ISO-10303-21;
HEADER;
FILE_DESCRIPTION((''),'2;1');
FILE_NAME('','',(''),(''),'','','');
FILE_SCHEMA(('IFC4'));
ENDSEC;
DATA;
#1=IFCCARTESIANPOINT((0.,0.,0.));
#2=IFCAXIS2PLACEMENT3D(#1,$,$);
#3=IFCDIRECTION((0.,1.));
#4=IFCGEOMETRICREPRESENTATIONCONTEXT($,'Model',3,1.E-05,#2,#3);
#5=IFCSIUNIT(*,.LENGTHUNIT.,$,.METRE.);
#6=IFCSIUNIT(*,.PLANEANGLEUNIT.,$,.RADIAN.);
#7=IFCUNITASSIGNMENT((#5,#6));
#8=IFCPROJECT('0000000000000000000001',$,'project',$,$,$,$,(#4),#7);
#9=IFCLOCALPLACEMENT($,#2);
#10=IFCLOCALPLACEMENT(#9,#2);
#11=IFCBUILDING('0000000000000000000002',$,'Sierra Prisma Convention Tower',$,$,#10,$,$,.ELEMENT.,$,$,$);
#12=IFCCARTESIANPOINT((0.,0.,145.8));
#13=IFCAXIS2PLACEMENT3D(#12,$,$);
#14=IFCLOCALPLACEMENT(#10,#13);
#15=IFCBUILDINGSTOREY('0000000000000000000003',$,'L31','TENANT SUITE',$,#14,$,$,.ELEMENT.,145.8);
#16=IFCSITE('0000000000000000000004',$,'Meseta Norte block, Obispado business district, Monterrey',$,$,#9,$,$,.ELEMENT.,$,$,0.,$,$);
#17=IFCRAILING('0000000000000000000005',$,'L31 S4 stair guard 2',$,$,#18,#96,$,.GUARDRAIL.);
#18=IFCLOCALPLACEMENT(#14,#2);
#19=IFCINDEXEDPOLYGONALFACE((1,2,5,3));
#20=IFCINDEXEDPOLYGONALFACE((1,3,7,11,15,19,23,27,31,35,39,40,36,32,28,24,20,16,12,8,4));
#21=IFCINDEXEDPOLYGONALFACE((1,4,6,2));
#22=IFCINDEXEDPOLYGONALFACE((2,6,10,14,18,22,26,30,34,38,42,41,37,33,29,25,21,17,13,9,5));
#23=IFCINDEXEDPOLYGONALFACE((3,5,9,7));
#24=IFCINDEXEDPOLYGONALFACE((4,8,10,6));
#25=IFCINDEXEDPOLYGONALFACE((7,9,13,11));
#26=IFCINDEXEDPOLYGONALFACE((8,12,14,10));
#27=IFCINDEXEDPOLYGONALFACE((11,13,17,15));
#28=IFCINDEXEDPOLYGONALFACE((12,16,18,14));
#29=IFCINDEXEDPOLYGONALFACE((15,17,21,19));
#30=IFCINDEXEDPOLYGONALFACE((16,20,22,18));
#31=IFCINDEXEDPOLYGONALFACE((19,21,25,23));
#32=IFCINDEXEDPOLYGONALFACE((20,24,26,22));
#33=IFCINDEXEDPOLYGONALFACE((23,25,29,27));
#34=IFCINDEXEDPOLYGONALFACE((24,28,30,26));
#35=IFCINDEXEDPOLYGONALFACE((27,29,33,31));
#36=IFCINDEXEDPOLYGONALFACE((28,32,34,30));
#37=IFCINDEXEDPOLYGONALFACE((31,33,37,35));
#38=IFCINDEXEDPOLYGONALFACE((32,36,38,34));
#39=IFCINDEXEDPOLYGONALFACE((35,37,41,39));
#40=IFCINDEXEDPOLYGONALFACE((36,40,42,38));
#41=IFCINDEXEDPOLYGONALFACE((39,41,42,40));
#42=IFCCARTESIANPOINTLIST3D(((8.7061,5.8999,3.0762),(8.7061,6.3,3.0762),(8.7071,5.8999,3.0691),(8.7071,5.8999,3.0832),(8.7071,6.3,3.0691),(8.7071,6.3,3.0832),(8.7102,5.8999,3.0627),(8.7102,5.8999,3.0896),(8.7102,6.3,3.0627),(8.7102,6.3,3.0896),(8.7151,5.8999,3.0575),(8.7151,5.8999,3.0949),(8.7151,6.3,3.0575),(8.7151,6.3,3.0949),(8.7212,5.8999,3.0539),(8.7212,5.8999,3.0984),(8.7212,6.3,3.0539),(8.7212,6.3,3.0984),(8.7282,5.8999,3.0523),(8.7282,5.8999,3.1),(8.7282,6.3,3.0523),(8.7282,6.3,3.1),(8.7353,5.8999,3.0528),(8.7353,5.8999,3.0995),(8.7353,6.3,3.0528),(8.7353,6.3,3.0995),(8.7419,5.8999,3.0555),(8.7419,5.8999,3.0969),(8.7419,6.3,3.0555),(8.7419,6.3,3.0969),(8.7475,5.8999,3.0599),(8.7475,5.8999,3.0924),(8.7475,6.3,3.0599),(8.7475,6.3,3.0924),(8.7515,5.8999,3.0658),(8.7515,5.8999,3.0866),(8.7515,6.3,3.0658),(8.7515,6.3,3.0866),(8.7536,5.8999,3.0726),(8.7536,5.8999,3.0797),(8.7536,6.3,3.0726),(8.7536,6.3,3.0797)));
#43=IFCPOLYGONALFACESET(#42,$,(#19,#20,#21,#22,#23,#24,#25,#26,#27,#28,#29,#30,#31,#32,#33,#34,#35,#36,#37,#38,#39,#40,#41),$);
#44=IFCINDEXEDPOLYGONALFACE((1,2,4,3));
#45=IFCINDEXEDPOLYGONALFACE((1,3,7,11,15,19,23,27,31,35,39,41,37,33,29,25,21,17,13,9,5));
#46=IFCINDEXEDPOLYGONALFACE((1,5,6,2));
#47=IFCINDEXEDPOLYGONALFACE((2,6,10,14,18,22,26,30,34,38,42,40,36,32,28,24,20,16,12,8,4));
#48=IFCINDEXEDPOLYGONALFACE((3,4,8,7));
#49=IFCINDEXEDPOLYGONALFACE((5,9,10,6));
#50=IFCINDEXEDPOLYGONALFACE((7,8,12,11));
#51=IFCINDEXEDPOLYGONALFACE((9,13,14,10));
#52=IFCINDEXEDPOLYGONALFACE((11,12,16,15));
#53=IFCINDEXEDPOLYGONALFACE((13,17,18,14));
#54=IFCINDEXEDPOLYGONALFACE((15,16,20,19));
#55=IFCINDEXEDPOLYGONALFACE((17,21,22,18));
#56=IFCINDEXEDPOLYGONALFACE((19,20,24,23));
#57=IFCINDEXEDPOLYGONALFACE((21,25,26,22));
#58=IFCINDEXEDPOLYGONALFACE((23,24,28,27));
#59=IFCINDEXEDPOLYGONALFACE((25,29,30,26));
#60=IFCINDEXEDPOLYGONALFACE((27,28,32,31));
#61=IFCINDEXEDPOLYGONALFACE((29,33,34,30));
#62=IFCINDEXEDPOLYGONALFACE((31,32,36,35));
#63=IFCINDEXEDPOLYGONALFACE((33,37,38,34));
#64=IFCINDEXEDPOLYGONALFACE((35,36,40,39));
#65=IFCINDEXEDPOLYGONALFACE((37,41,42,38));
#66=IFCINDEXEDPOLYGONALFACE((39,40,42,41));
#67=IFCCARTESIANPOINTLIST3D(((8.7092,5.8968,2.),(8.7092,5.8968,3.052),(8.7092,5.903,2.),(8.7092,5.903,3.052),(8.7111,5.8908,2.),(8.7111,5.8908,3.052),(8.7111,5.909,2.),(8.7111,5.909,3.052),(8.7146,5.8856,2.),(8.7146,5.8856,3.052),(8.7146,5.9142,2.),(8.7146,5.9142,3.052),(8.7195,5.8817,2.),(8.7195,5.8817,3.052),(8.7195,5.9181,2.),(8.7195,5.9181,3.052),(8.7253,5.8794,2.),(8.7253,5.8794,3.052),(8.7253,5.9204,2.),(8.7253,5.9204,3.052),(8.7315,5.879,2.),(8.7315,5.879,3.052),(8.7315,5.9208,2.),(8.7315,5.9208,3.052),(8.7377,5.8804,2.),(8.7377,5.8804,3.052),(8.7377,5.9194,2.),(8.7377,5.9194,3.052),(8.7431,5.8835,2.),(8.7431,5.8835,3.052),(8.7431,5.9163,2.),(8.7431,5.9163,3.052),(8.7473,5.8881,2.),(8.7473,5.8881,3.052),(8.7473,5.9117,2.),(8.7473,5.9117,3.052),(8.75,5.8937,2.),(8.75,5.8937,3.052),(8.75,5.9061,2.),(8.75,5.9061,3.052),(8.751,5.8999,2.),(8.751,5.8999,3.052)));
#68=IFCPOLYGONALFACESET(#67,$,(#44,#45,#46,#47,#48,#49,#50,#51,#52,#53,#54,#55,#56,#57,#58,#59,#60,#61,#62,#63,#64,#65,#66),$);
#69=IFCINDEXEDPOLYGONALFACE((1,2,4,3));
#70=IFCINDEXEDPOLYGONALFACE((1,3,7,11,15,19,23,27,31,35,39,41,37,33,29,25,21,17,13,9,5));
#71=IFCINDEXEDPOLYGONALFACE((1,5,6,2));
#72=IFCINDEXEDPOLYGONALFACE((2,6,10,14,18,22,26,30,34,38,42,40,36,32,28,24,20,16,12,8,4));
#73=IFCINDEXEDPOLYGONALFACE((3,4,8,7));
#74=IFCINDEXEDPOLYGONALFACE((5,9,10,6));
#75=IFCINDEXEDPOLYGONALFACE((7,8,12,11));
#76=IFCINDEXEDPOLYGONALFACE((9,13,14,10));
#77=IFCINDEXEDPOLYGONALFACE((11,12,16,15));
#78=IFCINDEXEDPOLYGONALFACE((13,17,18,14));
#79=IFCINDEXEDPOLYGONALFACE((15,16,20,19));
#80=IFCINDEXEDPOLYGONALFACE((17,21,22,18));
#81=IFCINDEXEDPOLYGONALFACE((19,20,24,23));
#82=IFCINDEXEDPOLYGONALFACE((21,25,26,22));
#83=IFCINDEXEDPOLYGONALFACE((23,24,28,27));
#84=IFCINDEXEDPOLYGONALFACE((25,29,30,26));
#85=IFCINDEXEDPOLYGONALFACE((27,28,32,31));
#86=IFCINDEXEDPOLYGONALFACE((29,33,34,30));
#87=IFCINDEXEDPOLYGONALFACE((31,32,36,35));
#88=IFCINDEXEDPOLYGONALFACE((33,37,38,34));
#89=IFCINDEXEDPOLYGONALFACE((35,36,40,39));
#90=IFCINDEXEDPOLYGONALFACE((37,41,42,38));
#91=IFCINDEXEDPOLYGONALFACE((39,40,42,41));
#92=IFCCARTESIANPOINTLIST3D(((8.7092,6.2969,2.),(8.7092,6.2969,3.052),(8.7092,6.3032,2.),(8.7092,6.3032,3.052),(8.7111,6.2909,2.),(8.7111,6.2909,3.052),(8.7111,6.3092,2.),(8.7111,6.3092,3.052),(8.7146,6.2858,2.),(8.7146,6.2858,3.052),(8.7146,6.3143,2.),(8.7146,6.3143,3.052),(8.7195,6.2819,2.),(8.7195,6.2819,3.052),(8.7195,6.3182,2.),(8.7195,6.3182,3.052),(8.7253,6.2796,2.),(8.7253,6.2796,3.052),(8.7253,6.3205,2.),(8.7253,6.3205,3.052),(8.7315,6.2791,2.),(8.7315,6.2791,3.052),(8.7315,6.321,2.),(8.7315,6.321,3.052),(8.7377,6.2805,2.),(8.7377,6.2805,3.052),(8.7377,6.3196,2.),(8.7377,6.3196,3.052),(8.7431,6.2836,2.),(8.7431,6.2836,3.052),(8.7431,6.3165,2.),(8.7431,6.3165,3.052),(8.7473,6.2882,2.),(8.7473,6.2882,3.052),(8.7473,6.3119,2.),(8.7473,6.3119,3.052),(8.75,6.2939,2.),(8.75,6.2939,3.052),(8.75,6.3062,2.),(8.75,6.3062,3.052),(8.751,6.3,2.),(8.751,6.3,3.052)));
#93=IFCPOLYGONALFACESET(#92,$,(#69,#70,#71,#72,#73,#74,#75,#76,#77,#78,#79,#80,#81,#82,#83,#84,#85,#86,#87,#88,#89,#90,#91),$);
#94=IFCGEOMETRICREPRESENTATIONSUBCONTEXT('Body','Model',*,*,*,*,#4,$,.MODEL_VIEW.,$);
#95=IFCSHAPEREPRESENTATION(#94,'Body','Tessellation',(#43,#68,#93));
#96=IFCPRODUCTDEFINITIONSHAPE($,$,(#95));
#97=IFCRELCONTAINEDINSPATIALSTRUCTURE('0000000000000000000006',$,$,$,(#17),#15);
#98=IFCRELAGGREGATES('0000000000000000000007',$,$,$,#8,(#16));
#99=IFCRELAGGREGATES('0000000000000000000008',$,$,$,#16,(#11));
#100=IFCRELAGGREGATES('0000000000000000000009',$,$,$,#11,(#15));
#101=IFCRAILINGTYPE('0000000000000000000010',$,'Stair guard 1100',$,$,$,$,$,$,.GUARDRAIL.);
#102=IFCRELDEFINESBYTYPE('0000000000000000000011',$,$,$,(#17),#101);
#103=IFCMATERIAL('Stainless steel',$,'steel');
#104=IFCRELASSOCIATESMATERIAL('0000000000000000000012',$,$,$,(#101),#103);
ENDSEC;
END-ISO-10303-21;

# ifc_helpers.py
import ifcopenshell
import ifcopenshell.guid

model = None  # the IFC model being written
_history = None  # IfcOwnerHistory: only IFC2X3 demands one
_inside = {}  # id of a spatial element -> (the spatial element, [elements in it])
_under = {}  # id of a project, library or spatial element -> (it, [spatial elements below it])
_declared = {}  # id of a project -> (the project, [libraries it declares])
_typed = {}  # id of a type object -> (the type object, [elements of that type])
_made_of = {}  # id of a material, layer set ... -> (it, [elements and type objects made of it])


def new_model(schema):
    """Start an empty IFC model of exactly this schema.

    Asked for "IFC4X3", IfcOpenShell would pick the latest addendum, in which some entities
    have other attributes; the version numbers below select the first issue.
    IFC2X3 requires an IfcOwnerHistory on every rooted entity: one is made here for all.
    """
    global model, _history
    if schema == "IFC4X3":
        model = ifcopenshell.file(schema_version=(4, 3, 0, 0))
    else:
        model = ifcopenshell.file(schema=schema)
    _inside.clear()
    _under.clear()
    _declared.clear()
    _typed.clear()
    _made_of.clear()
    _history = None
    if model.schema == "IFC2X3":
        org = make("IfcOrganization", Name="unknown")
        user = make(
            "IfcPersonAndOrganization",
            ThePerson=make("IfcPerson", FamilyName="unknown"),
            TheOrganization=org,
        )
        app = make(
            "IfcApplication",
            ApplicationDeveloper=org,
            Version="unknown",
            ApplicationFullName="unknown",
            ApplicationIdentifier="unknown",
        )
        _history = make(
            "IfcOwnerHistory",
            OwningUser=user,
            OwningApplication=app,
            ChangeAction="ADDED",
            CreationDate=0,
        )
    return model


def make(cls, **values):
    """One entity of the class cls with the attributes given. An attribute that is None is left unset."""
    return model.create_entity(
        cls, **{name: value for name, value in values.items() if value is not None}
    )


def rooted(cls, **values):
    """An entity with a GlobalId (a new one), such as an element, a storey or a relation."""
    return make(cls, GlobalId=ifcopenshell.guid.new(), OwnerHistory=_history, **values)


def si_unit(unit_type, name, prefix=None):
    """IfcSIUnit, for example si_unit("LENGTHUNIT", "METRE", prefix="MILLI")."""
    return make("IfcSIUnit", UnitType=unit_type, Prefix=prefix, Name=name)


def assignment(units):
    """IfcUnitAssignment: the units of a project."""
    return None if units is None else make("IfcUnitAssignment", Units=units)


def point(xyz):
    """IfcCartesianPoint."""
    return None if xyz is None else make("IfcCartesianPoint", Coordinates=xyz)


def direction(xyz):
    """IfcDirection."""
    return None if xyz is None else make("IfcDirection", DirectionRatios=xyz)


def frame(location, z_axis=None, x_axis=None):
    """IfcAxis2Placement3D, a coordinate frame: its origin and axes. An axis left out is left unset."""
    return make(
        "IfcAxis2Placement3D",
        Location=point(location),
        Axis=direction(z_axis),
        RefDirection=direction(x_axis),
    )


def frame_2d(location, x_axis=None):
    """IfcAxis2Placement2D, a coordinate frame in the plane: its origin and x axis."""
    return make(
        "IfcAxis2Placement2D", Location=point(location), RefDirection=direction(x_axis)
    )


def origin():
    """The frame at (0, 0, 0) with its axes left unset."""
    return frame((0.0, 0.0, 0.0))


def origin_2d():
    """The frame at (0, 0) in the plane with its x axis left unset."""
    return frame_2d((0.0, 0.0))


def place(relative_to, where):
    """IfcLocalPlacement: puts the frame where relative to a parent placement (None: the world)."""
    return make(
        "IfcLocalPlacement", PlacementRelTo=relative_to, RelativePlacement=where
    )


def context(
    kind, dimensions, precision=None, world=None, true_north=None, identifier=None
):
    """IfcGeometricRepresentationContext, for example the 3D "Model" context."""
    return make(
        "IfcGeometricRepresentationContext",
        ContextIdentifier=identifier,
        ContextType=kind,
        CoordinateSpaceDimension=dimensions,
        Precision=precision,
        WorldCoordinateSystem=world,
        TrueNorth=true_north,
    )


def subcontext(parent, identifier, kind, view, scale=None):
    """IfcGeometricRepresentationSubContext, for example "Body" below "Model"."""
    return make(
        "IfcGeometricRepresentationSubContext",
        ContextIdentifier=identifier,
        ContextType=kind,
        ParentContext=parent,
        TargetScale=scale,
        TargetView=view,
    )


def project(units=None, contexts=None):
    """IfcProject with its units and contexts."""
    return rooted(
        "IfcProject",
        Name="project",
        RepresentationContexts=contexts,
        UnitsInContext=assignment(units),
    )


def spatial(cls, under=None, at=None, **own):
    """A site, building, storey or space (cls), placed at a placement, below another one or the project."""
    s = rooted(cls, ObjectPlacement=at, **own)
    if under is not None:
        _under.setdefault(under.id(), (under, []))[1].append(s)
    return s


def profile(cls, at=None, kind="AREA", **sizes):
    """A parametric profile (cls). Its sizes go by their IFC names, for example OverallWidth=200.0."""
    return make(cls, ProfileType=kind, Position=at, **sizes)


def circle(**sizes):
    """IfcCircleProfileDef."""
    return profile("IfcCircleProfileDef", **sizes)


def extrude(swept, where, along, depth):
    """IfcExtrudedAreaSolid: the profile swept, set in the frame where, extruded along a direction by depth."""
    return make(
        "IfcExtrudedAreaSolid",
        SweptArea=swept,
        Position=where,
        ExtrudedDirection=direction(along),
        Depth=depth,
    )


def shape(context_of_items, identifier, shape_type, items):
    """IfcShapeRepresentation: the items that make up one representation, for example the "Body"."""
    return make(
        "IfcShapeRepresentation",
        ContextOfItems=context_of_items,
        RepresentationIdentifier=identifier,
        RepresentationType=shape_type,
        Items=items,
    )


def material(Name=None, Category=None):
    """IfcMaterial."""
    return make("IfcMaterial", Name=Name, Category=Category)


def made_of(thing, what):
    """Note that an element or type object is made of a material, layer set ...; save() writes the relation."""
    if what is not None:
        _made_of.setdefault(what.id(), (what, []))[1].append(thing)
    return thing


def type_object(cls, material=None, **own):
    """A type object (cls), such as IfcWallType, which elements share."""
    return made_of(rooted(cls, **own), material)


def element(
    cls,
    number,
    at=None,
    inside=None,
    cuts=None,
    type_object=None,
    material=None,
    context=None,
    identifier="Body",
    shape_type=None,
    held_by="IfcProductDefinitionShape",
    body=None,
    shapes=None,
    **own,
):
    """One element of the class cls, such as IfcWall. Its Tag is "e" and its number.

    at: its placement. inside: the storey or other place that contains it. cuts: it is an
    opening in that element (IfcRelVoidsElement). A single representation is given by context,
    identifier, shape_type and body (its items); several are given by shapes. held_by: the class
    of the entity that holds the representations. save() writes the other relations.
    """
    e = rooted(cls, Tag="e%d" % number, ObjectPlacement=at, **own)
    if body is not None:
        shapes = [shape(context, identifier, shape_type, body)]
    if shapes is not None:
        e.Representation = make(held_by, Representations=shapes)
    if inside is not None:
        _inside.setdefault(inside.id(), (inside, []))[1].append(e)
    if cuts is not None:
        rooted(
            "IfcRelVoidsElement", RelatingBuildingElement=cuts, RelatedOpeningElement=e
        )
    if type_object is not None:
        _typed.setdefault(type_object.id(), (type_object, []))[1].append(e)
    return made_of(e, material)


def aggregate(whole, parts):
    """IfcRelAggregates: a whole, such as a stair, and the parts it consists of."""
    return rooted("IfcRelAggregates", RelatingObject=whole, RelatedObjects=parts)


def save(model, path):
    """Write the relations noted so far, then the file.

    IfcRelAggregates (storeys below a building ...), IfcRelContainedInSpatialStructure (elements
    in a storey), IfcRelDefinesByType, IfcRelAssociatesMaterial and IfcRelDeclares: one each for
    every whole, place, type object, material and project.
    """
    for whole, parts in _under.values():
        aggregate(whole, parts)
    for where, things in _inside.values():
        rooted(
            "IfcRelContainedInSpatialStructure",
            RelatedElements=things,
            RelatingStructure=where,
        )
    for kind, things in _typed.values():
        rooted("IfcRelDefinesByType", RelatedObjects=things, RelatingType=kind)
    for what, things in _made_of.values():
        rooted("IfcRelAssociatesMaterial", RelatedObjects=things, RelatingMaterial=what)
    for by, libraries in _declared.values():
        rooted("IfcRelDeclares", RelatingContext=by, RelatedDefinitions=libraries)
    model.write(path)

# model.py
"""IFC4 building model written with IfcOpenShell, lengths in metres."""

from ifc_helpers import new_model, si_unit, direction, frame, origin, origin_2d, place, context, subcontext, project, spatial, circle, extrude, material, type_object, element, save


model = new_model("IFC4")

# Units and contexts
model_context = context("Model", 3, precision=1e-05, world=origin(), true_north=direction((0.0, 1.0)))
body_context = subcontext(model_context, "Body", "Model", "MODEL_VIEW")
ifc_project = project(units=[si_unit("LENGTHUNIT", "METRE"), si_unit("PLANEANGLEUNIT", "RADIAN")], contexts=[model_context])

# Site, building, storey
site_placement = place(None, origin())
site = spatial("IfcSite", under=ifc_project, at=site_placement, Name="Meseta Norte block, Obispado business district, Monterrey", CompositionType="ELEMENT", RefElevation=0.0)
building_placement = place(site_placement, origin())
building = spatial("IfcBuilding", under=site, at=building_placement, Name="Sierra Prisma Convention Tower", CompositionType="ELEMENT")
storey_placement = place(building_placement, frame((0.0, 0.0, 145.8)))
storey = spatial("IfcBuildingStorey", under=building, at=storey_placement, Name="L31", Description="TENANT SUITE", CompositionType="ELEMENT", Elevation=145.8)

# Railing
ifc_material_1 = material(Name="Stainless steel", Category="steel")
railing_type_1 = type_object("IfcRailingType", Name="Stair guard 1100", PredefinedType="GUARDRAIL", material=ifc_material_1)
railing_1_placement = place(storey_placement, frame((8.73, 5.8999, 2.0)))
element("IfcRailing", 1, at=railing_1_placement, inside=storey, type_object=railing_type_1, Name="L31 S4 stair guard 2", PredefinedType="GUARDRAIL", context=body_context, shape_type="SweptSolid", body=[
    extrude(circle(Radius=0.0239, at=origin_2d()), frame((0.0, 0.0, 1.0762), z_axis=(0.0, 1.0, 0.0), x_axis=(-1.0, 0.0, 0.0)), (0.0, 0.0, 1.0), 0.4001),
    extrude(circle(Radius=0.021, at=origin_2d()), origin(), (0.0, 0.0, 1.0), 1.052),
    extrude(circle(Radius=0.021, at=origin_2d()), frame((0.0, 0.4001, 0.0)), (0.0, 0.0, 1.0), 1.052),
])

save(model, "model.ifc")
